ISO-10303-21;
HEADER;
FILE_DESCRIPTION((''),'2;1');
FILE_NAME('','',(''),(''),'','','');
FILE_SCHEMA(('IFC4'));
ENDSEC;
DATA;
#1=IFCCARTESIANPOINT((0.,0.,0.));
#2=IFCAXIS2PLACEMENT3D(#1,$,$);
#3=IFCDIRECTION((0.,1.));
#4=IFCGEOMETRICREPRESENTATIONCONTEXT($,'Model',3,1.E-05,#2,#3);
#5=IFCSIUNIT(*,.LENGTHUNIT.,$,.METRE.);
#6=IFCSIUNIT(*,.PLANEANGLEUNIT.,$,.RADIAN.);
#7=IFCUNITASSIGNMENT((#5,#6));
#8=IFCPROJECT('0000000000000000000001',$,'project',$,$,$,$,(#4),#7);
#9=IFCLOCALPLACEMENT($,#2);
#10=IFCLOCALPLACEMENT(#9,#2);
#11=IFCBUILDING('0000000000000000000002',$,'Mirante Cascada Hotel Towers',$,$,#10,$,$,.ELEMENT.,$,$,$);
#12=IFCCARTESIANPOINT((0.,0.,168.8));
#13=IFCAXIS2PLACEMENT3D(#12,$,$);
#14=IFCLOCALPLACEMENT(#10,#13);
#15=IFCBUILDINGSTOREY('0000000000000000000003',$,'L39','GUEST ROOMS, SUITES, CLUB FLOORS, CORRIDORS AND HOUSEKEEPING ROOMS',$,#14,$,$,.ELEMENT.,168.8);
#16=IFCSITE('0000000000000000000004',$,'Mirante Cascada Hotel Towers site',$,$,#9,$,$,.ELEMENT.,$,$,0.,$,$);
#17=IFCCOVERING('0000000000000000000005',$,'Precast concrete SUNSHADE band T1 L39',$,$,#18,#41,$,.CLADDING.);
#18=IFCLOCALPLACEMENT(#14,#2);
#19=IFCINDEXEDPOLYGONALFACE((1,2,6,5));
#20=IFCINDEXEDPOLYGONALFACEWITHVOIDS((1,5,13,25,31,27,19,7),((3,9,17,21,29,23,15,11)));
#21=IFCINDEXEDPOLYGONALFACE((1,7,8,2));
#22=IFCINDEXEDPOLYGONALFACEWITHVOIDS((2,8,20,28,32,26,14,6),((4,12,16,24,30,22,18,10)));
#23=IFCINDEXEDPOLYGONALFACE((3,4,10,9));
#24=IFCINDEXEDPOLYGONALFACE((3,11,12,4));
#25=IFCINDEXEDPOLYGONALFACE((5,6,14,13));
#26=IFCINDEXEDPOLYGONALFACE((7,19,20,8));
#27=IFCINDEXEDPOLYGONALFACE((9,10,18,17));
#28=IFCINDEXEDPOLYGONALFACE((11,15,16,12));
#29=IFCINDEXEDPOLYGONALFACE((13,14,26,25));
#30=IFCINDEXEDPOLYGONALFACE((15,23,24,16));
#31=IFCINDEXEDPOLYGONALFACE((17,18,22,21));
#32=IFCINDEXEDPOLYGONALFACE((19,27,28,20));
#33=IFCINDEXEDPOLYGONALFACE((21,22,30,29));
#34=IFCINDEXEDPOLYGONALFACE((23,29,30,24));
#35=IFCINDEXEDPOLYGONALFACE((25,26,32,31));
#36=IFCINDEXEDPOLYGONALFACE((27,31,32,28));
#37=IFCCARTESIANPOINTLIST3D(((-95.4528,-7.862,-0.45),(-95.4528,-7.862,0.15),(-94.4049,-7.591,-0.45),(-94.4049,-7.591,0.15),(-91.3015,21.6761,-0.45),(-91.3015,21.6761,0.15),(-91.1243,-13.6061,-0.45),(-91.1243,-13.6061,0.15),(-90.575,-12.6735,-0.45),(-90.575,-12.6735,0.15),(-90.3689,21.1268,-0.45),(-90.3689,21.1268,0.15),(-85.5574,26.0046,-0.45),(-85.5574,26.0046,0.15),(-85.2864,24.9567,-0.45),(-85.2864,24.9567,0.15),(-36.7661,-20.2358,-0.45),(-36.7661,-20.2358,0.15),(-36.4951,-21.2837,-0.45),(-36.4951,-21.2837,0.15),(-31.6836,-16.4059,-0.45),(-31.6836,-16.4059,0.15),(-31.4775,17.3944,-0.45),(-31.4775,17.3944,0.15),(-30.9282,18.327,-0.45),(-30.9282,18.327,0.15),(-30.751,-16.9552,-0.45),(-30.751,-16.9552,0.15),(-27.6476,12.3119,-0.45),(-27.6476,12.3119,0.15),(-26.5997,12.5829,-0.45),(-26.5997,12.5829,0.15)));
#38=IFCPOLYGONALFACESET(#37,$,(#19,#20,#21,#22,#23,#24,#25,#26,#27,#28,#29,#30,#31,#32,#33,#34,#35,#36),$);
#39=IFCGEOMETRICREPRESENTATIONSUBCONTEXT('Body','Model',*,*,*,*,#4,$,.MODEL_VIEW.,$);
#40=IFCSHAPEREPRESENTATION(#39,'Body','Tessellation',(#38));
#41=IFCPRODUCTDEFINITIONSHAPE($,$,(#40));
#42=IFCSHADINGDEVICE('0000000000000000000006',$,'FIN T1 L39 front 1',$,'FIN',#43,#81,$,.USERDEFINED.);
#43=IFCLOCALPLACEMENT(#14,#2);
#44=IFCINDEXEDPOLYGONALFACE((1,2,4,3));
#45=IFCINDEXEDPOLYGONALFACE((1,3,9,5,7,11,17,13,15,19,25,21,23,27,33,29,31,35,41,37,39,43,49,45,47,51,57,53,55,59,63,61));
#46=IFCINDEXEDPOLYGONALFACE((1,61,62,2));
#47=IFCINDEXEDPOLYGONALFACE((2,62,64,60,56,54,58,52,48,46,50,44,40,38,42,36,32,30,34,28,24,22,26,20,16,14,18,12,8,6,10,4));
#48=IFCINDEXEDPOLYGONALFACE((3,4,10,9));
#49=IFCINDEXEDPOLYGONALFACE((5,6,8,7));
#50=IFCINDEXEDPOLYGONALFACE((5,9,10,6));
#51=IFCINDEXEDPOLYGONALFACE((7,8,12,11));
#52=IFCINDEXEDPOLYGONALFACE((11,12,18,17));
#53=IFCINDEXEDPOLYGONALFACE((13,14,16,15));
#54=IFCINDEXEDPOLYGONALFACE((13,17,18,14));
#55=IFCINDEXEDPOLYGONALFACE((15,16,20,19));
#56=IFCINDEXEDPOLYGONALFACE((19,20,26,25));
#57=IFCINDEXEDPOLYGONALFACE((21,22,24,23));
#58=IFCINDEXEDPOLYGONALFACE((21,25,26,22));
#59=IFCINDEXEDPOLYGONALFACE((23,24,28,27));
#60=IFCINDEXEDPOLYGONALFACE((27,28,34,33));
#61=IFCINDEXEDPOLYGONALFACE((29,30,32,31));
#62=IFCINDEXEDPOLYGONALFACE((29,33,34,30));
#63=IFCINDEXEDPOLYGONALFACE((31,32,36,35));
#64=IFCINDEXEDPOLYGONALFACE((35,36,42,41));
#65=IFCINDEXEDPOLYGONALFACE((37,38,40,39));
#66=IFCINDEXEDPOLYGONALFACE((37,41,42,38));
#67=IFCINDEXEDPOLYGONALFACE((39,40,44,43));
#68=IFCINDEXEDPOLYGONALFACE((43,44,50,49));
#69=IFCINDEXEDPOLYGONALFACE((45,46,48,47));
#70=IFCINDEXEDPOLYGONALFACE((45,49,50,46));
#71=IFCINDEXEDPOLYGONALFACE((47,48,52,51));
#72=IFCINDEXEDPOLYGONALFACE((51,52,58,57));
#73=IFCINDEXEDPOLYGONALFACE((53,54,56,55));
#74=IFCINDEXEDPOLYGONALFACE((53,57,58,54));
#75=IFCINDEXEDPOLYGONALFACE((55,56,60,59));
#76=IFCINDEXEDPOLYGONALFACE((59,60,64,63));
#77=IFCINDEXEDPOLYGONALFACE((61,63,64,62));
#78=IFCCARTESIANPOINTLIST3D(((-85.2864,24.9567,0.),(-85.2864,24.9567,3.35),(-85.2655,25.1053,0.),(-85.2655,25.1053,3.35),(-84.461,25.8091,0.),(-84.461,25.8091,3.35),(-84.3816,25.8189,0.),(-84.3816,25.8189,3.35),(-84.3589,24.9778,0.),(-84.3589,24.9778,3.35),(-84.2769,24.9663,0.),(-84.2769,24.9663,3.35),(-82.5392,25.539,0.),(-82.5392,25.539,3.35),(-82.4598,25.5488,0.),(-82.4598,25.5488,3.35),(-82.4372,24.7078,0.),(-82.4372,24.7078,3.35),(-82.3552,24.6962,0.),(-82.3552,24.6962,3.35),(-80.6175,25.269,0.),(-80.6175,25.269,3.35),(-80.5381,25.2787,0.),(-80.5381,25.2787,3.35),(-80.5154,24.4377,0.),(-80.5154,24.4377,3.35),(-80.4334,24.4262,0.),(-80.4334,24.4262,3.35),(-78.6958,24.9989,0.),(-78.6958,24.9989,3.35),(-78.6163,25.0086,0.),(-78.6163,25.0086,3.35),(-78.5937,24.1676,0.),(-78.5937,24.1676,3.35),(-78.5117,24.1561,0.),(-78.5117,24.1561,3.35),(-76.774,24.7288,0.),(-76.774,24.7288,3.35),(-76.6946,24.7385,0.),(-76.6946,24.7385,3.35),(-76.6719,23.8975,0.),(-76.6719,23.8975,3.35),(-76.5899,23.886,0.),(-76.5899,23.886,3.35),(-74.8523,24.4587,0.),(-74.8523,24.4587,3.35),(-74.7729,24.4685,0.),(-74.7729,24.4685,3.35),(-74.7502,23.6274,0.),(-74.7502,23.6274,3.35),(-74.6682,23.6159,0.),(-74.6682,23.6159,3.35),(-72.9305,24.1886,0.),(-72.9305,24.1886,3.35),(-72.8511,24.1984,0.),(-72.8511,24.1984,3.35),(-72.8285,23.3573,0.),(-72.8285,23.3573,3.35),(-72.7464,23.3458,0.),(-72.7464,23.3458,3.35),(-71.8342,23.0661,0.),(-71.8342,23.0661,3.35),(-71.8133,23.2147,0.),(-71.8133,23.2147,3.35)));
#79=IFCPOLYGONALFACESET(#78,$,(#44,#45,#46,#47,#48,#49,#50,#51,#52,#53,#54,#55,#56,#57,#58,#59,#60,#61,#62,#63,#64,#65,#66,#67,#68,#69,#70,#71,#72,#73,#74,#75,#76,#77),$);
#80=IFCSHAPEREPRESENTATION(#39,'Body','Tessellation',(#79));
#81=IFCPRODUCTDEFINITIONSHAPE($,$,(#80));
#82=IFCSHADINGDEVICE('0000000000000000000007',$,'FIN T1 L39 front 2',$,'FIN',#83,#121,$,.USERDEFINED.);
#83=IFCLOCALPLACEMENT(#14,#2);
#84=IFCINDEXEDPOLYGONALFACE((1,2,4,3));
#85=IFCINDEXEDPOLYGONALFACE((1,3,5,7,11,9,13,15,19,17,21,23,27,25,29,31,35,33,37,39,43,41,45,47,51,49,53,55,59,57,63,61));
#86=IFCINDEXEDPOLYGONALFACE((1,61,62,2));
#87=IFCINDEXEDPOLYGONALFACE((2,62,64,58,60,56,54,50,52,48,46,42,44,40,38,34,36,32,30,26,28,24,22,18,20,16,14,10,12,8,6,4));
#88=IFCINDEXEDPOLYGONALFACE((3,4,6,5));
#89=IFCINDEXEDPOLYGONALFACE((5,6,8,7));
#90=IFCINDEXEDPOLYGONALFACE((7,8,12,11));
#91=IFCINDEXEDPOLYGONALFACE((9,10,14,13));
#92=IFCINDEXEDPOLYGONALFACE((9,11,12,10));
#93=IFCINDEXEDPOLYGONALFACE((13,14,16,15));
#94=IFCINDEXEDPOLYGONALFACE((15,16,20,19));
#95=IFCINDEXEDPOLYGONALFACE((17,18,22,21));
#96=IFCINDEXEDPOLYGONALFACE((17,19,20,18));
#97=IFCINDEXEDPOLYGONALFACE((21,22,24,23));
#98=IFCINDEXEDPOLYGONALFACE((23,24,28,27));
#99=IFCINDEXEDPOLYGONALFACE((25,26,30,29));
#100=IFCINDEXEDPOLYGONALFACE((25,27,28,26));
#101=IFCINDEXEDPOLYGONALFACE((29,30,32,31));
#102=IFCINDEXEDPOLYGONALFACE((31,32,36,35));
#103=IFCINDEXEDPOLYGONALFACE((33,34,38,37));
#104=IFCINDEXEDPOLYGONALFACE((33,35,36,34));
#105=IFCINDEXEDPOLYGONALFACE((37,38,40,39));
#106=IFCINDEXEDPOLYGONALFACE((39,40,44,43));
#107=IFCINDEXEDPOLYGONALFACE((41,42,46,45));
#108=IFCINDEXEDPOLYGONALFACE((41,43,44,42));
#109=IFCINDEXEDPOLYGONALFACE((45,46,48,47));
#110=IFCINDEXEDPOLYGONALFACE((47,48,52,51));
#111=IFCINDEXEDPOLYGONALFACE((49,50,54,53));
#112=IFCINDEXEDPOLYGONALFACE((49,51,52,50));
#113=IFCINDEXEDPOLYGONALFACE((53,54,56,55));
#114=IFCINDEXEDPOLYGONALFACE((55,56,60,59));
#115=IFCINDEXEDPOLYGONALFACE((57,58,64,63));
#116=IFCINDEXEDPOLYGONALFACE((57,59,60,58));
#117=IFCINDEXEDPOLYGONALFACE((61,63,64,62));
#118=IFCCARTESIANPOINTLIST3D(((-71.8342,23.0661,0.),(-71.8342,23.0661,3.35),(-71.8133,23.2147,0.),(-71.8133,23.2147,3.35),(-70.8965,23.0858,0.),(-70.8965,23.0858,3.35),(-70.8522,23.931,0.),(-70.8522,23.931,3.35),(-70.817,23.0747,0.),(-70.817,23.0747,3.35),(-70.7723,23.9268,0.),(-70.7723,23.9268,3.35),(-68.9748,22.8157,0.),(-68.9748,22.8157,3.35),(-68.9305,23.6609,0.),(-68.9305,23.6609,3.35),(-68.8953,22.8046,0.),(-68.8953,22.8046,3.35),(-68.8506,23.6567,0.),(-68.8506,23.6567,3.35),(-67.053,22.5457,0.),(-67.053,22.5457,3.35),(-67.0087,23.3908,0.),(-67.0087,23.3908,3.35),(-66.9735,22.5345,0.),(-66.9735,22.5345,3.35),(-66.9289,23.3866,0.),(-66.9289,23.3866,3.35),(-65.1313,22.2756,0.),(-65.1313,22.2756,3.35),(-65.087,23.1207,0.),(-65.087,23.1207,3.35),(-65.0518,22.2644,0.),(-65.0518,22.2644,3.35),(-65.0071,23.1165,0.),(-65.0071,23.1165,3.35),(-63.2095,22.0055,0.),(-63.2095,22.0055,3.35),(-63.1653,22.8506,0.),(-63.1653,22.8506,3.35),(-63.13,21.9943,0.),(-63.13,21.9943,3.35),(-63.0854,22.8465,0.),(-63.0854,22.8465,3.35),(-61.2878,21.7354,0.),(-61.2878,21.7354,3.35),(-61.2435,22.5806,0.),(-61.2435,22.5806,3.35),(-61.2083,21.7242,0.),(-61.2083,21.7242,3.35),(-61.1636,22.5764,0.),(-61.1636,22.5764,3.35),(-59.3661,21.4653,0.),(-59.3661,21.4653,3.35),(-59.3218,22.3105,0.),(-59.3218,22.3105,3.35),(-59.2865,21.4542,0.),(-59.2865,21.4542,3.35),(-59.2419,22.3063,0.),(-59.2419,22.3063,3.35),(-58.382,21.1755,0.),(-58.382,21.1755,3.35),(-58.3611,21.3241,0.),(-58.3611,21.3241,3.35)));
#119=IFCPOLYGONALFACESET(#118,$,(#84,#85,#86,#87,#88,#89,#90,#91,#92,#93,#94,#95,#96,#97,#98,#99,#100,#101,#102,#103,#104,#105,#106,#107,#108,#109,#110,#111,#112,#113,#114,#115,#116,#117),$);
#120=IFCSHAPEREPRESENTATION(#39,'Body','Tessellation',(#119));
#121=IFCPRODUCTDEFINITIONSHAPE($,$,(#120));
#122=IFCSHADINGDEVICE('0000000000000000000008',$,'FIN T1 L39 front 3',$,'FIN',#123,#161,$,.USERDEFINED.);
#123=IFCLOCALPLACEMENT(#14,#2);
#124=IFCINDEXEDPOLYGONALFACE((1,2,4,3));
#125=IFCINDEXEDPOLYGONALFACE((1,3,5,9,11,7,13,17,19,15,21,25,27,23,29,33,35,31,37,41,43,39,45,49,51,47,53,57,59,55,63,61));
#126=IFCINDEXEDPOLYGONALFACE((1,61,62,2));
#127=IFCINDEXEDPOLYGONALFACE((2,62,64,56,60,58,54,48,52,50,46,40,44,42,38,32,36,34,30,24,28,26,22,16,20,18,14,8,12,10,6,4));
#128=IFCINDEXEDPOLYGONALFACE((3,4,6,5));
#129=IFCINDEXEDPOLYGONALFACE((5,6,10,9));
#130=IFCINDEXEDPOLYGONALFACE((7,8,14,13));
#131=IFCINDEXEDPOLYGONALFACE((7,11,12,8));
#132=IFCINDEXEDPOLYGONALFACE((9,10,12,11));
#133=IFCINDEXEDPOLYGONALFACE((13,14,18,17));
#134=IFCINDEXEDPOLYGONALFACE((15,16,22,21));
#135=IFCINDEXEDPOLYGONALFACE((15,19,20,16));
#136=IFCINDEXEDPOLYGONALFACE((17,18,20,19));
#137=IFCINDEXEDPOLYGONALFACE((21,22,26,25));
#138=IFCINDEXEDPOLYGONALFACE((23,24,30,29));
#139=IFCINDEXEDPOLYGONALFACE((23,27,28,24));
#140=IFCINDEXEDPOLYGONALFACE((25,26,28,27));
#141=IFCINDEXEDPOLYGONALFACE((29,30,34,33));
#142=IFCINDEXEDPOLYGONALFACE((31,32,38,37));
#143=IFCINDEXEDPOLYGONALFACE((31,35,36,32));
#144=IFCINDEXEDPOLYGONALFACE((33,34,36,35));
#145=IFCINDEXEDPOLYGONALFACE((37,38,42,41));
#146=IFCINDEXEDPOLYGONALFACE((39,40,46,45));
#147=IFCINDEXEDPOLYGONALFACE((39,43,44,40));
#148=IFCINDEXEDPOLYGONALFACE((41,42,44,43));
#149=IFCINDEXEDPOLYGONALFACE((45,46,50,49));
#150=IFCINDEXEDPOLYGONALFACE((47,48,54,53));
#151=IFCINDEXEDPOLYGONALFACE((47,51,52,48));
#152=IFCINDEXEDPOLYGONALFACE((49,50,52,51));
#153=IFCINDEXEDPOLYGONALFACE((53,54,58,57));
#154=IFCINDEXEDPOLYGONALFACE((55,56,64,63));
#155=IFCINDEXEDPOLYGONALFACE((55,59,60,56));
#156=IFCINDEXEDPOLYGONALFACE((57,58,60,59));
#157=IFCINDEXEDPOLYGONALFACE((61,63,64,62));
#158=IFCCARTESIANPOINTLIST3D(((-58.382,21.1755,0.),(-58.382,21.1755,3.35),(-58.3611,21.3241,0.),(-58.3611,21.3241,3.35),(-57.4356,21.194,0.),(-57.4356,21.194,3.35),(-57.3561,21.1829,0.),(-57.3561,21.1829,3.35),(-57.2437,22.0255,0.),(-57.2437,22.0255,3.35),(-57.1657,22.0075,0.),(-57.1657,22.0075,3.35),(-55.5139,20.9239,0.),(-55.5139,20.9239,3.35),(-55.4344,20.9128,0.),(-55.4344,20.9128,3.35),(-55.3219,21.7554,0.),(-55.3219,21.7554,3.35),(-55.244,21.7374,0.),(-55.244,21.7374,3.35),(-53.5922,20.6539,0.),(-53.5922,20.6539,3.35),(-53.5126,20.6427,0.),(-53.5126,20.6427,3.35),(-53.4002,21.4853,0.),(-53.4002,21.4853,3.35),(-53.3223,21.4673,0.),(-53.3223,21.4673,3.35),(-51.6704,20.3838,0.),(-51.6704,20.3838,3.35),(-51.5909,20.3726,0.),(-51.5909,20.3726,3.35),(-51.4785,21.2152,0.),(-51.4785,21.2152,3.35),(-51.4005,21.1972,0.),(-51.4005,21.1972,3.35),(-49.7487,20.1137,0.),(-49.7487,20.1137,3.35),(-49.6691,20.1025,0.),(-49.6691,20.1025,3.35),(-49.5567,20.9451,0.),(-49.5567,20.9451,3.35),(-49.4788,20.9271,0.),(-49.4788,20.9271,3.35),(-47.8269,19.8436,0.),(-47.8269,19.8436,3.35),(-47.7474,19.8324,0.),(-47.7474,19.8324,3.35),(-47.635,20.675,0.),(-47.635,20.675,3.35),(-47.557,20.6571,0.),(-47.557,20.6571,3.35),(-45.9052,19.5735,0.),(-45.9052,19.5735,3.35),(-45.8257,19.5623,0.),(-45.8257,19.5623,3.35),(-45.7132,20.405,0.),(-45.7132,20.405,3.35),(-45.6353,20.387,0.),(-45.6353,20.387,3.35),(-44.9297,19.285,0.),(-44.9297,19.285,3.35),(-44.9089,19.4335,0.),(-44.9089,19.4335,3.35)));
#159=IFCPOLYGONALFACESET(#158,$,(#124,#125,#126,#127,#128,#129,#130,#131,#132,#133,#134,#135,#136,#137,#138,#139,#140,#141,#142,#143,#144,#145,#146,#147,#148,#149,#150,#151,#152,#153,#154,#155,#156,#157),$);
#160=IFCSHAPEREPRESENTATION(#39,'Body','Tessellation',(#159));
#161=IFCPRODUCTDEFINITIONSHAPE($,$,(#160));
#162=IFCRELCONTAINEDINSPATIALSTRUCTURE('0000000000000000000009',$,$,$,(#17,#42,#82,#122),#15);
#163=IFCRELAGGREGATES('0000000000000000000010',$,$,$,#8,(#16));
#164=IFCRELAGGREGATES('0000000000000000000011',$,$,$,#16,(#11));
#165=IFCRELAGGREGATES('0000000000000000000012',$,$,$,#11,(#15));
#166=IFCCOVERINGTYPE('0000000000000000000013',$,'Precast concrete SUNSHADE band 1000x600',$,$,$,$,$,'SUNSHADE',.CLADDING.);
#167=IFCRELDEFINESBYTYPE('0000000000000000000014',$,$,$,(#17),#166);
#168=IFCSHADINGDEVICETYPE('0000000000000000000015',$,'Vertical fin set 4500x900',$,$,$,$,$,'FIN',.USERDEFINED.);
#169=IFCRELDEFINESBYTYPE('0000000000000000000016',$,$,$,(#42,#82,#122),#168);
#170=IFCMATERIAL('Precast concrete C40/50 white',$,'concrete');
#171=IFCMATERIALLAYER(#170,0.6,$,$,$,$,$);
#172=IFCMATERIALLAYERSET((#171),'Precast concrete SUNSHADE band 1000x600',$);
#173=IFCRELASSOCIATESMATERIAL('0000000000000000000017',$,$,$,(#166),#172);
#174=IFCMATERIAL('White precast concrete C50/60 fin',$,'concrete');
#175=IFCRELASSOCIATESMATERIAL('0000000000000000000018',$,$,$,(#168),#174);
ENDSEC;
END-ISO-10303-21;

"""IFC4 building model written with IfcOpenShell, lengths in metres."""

from ifc_helpers import new_model, si_unit, direction, frame, origin, place, context, subcontext, project, spatial, polyline, outline, extrude, material, layer, layer_set, type_object, element, save


model = new_model("IFC4")

# Units and contexts
model_context = context("Model", 3, precision=1e-05, world=origin(), true_north=direction((0.0, 1.0)))
body_context = subcontext(model_context, "Body", "Model", "MODEL_VIEW")
ifc_project = project(units=[si_unit("LENGTHUNIT", "METRE"), si_unit("PLANEANGLEUNIT", "RADIAN")], contexts=[model_context])

# Site, building, storey
site_placement = place(None, origin())
site = spatial("IfcSite", under=ifc_project, at=site_placement, Name="Mirante Cascada Hotel Towers site", CompositionType="ELEMENT", RefElevation=0.0)
building_placement = place(site_placement, origin())
building = spatial("IfcBuilding", under=site, at=building_placement, Name="Mirante Cascada Hotel Towers", CompositionType="ELEMENT")
storey_placement = place(building_placement, frame((0.0, 0.0, 168.8)))
storey = spatial("IfcBuildingStorey", under=building, at=storey_placement, Name="L39", Description="GUEST ROOMS, SUITES, CLUB FLOORS, CORRIDORS AND HOUSEKEEPING ROOMS", CompositionType="ELEMENT", Elevation=168.8)

# Covering
ifc_material_1 = material(Name="Precast concrete C40/50 white", Category="concrete")
ifc_layer_1 = layer(ifc_material_1, 0.6)
ifc_layer_set_1 = layer_set([ifc_layer_1], Name="Precast concrete SUNSHADE band 1000x600")
covering_type = type_object("IfcCoveringType", Name="Precast concrete SUNSHADE band 1000x600", ElementType="SUNSHADE", PredefinedType="CLADDING", material=ifc_layer_set_1)
covering_placement = place(storey_placement, frame((0.0, 0.0, -0.45)))
element("IfcCovering", 1, at=covering_placement, inside=storey, type_object=covering_type, Name="Precast concrete SUNSHADE band T1 L39", PredefinedType="CLADDING", context=body_context, shape_type="SweptSolid", body=[
    extrude(outline(polyline([(-95.4528, -7.862), (-91.3015, 21.6761), (-85.5574, 26.0046), (-30.9282, 18.327), (-26.5997, 12.5829), (-30.751, -16.9552), (-36.4951, -21.2837), (-91.1243, -13.6061), (-95.4528, -7.862)]), holes=[polyline([(-27.6476, 12.3119), (-31.4775, 17.3944), (-85.2864, 24.9567), (-90.3689, 21.1268), (-94.4049, -7.591), (-90.575, -12.6735), (-36.7661, -20.2358), (-31.6836, -16.4059), (-27.6476, 12.3119)])]), origin(), (0.0, 0.0, 1.0), 0.6),
])

# Shading devices
ifc_material_2 = material(Name="White precast concrete C50/60 fin", Category="concrete")
shading_device_type = type_object("IfcShadingDeviceType", Name="Vertical fin set 4500x900", ElementType="FIN", PredefinedType="USERDEFINED", material=ifc_material_2)
shading_device_1_placement = place(storey_placement, origin())
element("IfcShadingDevice", 2, at=shading_device_1_placement, inside=storey, type_object=shading_device_type, Name="FIN T1 L39 front 1", ObjectType="FIN", PredefinedType="USERDEFINED", context=body_context, shape_type="SweptSolid", body=[
    extrude(outline(polyline([(-72.7464, 23.3458), (-71.8133, 23.2147), (-71.8342, 23.0661), (-85.2864, 24.9567), (-85.2655, 25.1053), (-84.3589, 24.9778), (-84.461, 25.8091), (-84.3816, 25.8189), (-84.2769, 24.9663), (-82.4372, 24.7078), (-82.5392, 25.539), (-82.4598, 25.5488), (-82.3552, 24.6962), (-80.5154, 24.4377), (-80.6175, 25.269), (-80.5381, 25.2787), (-80.4334, 24.4262), (-78.5937, 24.1676), (-78.6958, 24.9989), (-78.6163, 25.0086), (-78.5117, 24.1561), (-76.6719, 23.8975), (-76.774, 24.7288), (-76.6946, 24.7385), (-76.5899, 23.886), (-74.7502, 23.6274), (-74.8523, 24.4587), (-74.7729, 24.4685), (-74.6682, 23.6159), (-72.8285, 23.3573), (-72.9305, 24.1886), (-72.8511, 24.1984), (-72.7464, 23.3458)])), origin(), (0.0, 0.0, 1.0), 3.35),
])
shading_device_2_placement = place(storey_placement, origin())
element("IfcShadingDevice", 3, at=shading_device_2_placement, inside=storey, type_object=shading_device_type, Name="FIN T1 L39 front 2", ObjectType="FIN", PredefinedType="USERDEFINED", context=body_context, shape_type="SweptSolid", body=[
    extrude(outline(polyline([(-59.2865, 21.4542), (-58.3611, 21.3241), (-58.382, 21.1755), (-71.8342, 23.0661), (-71.8133, 23.2147), (-70.8965, 23.0858), (-70.8522, 23.931), (-70.7723, 23.9268), (-70.817, 23.0747), (-68.9748, 22.8157), (-68.9305, 23.6609), (-68.8506, 23.6567), (-68.8953, 22.8046), (-67.053, 22.5457), (-67.0087, 23.3908), (-66.9289, 23.3866), (-66.9735, 22.5345), (-65.1313, 22.2756), (-65.087, 23.1207), (-65.0071, 23.1165), (-65.0518, 22.2644), (-63.2095, 22.0055), (-63.1653, 22.8506), (-63.0854, 22.8465), (-63.13, 21.9943), (-61.2878, 21.7354), (-61.2435, 22.5806), (-61.1636, 22.5764), (-61.2083, 21.7242), (-59.3661, 21.4653), (-59.3218, 22.3105), (-59.2419, 22.3063), (-59.2865, 21.4542)])), origin(), (0.0, 0.0, 1.0), 3.35),
])
shading_device_3_placement = place(storey_placement, origin())
element("IfcShadingDevice", 4, at=shading_device_3_placement, inside=storey, type_object=shading_device_type, Name="FIN T1 L39 front 3", ObjectType="FIN", PredefinedType="USERDEFINED", context=body_context, shape_type="SweptSolid", body=[
    extrude(outline(polyline([(-45.8257, 19.5623), (-44.9089, 19.4335), (-44.9297, 19.285), (-58.382, 21.1755), (-58.3611, 21.3241), (-57.4356, 21.194), (-57.2437, 22.0255), (-57.1657, 22.0075), (-57.3561, 21.1829), (-55.5139, 20.9239), (-55.3219, 21.7554), (-55.244, 21.7374), (-55.4344, 20.9128), (-53.5922, 20.6539), (-53.4002, 21.4853), (-53.3223, 21.4673), (-53.5126, 20.6427), (-51.6704, 20.3838), (-51.4785, 21.2152), (-51.4005, 21.1972), (-51.5909, 20.3726), (-49.7487, 20.1137), (-49.5567, 20.9451), (-49.4788, 20.9271), (-49.6691, 20.1025), (-47.8269, 19.8436), (-47.635, 20.675), (-47.557, 20.6571), (-47.7474, 19.8324), (-45.9052, 19.5735), (-45.7132, 20.405), (-45.6353, 20.387), (-45.8257, 19.5623)])), origin(), (0.0, 0.0, 1.0), 3.35),
])

save(model, "model.ifc")
